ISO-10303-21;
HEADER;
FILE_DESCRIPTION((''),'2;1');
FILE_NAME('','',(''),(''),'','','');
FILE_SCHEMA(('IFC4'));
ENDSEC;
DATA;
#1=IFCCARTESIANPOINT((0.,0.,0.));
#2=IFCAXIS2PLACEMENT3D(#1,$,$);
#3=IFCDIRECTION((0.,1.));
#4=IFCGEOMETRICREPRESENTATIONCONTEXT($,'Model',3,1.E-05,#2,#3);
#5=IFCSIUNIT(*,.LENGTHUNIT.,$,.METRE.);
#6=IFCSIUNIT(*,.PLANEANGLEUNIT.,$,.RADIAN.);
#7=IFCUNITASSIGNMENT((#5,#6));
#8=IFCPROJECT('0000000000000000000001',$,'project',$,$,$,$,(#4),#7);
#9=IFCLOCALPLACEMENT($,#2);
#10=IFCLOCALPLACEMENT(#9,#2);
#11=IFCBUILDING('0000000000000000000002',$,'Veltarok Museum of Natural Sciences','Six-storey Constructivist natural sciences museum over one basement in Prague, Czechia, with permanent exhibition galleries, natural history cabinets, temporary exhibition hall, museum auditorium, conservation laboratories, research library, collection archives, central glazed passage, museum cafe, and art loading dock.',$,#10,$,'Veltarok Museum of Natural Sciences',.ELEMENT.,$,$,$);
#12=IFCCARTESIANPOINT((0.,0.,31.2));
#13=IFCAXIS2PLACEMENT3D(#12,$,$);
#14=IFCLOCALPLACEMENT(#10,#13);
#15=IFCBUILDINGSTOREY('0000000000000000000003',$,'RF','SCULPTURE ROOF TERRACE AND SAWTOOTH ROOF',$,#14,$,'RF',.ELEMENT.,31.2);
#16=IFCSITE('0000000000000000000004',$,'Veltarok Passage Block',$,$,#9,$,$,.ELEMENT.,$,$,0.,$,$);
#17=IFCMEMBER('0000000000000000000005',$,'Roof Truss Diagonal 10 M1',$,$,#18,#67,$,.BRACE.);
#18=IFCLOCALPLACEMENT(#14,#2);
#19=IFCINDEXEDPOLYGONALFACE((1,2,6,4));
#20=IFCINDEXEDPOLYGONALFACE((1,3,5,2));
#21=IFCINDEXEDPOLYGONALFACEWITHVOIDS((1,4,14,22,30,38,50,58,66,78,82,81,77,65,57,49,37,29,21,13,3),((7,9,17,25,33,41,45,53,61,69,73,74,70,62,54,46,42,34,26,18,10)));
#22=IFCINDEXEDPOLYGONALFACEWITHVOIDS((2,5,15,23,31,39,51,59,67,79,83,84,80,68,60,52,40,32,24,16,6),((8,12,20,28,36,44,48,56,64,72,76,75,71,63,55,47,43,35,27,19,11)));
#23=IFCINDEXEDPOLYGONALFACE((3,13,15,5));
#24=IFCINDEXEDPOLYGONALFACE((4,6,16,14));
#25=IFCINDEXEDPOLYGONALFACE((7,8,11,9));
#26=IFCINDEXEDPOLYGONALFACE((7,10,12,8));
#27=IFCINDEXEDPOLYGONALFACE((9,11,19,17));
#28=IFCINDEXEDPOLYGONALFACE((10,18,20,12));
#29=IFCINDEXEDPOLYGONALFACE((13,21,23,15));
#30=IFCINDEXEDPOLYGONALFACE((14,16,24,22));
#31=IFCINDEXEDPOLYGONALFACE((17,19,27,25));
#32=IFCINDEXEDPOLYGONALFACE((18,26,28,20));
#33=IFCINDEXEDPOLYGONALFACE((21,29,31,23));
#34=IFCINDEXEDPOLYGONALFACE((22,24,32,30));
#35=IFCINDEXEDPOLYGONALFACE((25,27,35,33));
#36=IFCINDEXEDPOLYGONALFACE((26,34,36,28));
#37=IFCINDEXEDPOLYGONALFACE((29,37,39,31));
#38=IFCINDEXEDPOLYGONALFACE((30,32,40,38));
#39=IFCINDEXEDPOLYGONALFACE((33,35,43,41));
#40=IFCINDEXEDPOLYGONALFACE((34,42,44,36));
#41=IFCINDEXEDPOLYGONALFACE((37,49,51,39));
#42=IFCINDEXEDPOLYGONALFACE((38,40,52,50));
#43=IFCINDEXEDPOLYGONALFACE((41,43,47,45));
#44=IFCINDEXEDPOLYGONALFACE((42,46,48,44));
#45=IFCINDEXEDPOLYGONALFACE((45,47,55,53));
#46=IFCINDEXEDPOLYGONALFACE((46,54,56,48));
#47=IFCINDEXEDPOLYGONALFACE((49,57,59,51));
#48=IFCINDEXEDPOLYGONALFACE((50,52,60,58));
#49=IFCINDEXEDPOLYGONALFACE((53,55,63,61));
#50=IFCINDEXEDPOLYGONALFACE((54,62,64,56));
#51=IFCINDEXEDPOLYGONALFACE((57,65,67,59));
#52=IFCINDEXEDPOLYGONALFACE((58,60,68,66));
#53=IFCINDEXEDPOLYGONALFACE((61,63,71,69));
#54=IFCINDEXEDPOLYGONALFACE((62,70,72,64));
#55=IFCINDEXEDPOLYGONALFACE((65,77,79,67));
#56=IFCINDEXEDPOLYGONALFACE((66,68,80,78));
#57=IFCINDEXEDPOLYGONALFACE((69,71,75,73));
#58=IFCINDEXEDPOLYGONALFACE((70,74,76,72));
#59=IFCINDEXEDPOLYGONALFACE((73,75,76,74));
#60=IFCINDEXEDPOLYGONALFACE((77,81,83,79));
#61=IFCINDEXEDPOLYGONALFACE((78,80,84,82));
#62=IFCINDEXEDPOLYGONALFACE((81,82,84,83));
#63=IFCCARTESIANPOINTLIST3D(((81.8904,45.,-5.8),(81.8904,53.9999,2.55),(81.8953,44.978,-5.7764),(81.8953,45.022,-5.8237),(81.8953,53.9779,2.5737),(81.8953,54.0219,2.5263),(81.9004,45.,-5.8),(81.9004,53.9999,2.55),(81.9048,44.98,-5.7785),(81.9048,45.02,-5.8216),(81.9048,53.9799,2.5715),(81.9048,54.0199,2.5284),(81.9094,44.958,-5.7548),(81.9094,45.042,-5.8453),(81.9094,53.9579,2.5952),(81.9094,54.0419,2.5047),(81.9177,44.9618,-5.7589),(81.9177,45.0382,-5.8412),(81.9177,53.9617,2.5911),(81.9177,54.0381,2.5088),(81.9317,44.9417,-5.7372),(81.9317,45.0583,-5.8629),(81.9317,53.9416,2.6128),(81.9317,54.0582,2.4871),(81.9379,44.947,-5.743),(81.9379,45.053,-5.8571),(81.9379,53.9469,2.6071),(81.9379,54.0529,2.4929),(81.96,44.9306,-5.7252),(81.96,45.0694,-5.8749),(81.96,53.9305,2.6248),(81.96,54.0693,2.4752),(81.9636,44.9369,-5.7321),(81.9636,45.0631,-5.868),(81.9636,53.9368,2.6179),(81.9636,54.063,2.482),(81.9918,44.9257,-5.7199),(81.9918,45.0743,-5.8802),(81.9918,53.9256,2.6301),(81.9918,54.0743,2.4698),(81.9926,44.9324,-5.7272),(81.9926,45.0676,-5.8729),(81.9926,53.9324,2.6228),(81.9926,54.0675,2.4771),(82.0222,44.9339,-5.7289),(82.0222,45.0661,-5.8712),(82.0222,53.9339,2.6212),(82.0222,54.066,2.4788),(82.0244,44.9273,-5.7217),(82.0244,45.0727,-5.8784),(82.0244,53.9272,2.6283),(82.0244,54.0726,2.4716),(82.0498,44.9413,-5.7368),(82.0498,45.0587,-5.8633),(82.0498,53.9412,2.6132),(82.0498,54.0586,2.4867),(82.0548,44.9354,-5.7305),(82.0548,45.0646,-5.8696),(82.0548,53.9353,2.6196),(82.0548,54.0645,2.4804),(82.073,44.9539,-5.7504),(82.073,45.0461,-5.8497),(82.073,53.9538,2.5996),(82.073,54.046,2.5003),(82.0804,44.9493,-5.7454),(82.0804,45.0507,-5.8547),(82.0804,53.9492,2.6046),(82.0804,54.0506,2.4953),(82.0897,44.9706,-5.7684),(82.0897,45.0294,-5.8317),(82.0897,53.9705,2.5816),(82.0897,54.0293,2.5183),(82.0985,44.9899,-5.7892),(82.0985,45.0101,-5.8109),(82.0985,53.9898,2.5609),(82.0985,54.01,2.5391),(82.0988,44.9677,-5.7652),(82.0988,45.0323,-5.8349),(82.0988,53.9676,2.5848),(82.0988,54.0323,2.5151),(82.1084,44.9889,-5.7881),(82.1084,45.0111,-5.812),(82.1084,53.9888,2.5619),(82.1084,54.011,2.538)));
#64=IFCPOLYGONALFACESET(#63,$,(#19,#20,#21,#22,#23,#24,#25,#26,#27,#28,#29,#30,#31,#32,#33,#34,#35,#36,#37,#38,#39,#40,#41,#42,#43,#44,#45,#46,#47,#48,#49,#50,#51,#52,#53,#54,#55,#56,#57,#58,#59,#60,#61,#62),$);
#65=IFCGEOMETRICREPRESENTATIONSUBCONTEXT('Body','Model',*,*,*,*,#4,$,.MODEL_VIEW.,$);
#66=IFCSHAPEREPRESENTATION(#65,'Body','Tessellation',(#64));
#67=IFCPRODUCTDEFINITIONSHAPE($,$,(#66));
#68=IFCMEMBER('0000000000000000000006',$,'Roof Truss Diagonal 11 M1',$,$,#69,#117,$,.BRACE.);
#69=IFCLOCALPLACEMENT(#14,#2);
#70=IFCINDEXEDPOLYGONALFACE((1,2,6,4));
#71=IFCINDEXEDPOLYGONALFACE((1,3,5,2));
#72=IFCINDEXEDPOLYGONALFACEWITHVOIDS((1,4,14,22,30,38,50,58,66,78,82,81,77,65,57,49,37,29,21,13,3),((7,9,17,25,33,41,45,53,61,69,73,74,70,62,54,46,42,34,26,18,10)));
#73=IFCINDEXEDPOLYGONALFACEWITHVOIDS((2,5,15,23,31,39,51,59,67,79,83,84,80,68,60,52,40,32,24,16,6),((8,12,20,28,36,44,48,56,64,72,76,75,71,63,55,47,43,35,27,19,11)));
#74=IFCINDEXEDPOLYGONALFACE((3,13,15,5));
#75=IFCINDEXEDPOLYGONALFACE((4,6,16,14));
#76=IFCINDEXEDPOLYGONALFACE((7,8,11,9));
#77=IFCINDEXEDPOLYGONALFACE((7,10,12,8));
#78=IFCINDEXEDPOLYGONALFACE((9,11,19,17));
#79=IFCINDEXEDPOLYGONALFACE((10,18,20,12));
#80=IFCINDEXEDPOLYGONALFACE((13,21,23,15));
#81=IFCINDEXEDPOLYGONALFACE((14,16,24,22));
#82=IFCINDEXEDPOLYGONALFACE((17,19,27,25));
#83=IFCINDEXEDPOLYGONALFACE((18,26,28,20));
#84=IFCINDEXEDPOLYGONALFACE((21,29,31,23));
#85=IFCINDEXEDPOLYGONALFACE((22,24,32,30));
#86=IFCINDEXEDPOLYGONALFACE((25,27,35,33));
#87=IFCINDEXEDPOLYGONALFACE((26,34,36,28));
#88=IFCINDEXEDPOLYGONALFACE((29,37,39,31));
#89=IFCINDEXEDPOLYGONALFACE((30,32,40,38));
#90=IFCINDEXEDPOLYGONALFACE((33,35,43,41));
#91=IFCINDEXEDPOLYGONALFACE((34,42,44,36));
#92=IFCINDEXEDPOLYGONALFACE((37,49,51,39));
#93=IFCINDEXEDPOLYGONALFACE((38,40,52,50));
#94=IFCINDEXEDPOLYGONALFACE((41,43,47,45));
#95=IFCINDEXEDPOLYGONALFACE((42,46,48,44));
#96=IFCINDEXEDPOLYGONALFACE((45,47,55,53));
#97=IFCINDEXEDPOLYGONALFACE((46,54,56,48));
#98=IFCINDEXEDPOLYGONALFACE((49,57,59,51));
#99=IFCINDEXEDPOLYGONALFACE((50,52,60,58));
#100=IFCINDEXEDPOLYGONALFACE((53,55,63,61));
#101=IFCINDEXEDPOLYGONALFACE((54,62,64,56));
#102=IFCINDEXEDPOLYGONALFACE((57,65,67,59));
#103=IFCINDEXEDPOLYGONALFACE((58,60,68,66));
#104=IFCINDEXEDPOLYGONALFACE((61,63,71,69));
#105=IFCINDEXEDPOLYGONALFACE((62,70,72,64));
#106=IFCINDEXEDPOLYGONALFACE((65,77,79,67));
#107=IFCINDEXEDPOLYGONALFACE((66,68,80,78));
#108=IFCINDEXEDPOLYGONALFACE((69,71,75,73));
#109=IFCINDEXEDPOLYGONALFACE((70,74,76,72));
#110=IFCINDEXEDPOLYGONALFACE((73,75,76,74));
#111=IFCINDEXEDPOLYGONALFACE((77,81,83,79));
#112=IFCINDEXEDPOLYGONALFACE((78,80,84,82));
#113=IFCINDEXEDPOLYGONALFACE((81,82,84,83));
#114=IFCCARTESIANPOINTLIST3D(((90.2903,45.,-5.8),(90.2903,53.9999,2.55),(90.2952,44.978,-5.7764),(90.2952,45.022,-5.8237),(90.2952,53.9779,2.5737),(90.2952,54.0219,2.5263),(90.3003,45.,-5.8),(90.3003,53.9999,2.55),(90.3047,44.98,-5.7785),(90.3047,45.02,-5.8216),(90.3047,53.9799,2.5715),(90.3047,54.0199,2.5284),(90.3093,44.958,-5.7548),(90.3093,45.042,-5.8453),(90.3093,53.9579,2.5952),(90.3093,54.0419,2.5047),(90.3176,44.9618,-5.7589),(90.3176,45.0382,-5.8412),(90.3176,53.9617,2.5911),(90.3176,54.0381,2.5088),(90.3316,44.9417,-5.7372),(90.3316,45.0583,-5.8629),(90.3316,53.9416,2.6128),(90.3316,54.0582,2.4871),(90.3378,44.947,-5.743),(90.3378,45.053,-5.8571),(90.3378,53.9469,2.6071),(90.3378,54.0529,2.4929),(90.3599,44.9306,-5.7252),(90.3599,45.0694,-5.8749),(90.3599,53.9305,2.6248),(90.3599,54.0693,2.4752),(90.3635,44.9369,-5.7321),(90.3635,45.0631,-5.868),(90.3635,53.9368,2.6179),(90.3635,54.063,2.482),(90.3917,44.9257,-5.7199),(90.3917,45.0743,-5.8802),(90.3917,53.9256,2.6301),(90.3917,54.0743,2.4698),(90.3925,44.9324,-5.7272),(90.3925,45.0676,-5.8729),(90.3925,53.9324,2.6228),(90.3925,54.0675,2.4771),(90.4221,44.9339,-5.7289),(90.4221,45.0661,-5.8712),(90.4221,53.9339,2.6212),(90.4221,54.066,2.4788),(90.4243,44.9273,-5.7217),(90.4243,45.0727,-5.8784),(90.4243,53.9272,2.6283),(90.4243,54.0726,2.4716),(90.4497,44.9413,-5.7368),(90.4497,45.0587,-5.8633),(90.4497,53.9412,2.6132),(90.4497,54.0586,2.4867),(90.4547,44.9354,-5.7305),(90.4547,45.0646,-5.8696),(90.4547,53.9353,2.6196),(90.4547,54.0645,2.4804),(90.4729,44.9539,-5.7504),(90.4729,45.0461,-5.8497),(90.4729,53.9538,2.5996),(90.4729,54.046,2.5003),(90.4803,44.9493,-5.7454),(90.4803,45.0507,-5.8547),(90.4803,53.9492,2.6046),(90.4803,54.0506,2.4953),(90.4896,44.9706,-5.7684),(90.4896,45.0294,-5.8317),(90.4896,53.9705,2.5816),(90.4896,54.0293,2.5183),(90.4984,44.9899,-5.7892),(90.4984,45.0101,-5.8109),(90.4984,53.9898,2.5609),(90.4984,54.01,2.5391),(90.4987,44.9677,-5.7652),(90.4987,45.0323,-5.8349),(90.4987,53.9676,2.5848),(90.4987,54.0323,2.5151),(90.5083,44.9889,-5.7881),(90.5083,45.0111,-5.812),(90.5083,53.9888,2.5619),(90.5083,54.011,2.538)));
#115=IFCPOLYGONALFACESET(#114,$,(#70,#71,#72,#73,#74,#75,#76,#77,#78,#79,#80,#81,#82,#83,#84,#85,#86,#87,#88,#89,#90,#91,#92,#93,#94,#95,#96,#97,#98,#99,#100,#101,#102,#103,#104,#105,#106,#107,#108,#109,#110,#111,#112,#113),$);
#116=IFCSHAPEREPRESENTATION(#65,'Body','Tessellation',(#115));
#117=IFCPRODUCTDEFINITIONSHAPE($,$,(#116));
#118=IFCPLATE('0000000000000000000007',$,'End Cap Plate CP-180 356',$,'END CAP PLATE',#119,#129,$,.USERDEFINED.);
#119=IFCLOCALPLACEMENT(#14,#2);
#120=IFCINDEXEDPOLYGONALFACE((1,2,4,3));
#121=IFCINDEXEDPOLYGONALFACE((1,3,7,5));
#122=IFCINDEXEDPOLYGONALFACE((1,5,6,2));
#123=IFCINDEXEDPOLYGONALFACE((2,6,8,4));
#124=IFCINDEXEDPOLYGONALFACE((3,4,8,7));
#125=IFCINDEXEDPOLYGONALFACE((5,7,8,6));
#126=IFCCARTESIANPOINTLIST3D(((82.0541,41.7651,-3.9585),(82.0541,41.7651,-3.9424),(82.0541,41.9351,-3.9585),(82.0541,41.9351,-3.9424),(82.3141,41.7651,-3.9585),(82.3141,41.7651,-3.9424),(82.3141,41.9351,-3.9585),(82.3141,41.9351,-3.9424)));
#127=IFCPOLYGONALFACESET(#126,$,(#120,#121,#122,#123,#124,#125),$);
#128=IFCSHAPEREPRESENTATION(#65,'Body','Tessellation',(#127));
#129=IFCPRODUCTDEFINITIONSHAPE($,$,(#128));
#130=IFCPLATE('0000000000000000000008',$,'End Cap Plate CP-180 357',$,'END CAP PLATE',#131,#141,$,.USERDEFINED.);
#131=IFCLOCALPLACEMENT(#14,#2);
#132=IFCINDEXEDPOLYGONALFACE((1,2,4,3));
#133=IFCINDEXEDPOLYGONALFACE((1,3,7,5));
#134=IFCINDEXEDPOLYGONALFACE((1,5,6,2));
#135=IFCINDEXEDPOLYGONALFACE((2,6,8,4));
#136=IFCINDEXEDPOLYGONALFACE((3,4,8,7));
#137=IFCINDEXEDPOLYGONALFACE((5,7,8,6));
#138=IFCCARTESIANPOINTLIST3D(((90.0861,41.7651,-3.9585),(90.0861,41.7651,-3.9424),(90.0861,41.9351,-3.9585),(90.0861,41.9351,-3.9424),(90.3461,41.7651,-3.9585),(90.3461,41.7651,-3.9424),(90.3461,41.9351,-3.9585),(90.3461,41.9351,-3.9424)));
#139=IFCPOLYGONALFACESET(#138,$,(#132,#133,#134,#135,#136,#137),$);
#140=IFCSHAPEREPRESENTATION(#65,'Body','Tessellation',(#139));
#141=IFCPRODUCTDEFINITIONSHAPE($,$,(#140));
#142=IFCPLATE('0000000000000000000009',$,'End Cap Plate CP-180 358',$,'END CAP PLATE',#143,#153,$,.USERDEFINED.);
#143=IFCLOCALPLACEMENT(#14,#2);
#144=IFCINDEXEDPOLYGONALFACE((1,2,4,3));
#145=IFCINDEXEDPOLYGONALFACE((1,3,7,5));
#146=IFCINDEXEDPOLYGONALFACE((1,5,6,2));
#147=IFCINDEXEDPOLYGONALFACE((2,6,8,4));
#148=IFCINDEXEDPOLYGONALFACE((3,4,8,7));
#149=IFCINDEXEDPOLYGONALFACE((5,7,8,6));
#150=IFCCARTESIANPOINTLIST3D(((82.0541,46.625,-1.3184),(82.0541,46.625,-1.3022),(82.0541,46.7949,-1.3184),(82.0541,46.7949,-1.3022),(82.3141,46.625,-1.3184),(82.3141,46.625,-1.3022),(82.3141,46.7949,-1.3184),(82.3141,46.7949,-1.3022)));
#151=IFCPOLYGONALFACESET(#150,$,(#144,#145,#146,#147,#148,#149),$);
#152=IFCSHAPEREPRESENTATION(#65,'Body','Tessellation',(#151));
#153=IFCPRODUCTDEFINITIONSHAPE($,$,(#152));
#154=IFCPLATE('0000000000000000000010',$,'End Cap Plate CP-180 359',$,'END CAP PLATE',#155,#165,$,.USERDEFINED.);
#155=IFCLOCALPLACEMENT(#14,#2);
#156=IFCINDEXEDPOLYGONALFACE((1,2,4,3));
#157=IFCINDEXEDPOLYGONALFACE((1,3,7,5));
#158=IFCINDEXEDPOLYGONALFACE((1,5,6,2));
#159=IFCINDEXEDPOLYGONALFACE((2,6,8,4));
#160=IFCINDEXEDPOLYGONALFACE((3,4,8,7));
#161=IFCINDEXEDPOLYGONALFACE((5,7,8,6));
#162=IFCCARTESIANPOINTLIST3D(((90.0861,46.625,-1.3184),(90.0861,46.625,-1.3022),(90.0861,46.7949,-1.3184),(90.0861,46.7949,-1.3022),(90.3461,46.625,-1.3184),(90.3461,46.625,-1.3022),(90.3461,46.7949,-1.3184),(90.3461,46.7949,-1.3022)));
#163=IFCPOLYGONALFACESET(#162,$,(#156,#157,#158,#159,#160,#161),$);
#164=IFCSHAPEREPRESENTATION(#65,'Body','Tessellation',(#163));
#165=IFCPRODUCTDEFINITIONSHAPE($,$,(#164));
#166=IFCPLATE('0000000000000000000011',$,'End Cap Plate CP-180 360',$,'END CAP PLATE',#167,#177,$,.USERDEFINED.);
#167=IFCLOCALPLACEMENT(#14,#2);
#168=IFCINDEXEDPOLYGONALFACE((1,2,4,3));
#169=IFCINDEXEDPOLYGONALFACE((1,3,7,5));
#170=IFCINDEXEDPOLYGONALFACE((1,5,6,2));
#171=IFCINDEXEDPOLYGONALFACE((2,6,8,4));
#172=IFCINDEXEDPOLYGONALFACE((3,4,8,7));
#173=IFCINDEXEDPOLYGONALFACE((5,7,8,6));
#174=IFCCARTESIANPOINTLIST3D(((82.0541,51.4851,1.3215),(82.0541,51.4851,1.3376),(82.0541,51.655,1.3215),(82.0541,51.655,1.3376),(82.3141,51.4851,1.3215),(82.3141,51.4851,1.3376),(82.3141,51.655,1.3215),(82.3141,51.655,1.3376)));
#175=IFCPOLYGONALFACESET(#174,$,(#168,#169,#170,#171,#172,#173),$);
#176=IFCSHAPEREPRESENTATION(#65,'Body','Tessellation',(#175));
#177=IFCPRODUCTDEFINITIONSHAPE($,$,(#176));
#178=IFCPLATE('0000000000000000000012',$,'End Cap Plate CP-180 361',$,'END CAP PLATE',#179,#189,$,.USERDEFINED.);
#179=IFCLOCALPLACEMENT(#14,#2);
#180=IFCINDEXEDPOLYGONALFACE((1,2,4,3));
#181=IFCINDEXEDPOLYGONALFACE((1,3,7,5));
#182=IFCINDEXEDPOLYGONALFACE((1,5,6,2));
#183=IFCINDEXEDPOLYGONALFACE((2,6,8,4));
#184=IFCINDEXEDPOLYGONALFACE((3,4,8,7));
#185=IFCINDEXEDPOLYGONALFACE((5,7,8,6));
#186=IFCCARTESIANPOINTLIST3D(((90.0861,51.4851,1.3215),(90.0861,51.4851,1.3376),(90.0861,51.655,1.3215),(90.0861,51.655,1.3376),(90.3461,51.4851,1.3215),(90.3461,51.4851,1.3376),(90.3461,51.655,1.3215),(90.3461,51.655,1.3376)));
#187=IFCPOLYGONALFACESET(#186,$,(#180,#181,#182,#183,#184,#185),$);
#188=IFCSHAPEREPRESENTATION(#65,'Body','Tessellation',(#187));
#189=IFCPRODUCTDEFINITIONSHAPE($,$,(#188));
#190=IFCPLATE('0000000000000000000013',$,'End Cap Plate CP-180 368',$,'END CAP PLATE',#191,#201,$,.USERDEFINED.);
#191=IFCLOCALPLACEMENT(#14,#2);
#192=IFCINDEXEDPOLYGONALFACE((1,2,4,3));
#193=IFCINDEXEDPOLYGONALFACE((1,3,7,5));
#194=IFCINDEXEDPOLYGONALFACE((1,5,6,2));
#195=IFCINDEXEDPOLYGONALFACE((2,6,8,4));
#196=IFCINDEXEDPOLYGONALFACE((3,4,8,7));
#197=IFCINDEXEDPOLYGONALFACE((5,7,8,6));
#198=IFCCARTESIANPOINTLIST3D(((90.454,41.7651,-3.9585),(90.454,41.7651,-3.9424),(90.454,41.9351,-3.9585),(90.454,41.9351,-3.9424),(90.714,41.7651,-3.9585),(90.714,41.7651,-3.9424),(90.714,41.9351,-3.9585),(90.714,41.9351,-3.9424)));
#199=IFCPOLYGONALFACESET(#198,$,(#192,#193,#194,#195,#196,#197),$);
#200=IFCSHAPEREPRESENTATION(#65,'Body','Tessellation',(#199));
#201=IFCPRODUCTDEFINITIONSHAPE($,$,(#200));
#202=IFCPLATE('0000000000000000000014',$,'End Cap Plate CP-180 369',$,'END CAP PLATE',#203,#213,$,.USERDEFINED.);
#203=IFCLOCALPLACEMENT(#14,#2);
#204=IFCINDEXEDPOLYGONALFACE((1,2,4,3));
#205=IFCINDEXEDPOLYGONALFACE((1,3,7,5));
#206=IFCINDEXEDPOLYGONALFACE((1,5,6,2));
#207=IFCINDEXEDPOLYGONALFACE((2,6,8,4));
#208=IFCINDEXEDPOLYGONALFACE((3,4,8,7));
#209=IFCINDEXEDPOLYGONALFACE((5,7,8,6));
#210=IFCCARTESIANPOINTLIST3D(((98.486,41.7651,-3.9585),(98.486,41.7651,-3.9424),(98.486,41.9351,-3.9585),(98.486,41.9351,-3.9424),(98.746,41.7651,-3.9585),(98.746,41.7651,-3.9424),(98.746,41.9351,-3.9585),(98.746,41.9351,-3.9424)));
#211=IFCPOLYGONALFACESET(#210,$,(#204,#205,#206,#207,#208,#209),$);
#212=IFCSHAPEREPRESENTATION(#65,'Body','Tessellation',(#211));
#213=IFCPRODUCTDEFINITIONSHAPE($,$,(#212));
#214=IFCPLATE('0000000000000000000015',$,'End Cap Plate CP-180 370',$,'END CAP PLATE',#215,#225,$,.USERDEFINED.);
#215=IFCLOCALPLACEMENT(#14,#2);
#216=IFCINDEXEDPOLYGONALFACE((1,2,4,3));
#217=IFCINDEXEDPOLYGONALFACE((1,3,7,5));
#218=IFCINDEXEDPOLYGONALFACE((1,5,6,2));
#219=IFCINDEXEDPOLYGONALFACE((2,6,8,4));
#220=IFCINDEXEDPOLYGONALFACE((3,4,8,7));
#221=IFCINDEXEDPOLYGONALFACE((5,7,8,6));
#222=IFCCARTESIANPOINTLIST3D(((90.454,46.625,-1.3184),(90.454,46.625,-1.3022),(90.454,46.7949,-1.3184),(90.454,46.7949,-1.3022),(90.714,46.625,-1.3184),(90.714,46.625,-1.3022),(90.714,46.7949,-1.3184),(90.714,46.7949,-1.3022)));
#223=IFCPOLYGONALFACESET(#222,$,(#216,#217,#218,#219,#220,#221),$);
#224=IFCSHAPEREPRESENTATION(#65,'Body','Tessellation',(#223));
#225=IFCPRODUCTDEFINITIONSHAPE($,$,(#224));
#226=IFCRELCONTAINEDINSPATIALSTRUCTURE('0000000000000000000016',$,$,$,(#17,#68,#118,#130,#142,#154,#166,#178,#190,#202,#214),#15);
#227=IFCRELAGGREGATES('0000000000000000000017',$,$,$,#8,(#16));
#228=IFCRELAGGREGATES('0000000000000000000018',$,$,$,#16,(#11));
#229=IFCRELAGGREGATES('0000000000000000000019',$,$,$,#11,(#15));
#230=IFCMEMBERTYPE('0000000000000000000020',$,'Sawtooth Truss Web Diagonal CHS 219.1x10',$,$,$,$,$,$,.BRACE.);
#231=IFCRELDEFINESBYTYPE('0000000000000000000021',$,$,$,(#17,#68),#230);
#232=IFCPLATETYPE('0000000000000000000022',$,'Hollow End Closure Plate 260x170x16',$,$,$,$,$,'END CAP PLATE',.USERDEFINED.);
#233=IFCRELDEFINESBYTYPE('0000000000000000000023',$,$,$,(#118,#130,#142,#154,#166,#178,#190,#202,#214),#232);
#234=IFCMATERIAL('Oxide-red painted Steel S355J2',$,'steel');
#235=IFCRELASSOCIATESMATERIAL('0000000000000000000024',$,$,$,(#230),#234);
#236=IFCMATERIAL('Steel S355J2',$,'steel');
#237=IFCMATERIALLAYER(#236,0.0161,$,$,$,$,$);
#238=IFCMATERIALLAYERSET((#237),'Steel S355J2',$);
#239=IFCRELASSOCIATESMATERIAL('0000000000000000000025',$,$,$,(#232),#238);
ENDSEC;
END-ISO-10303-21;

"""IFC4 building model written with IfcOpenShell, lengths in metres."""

from ifc_helpers import new_model, si_unit, direction, frame, origin, origin_2d, place, context, subcontext, project, spatial, rectangle, hollow_circle, extrude, material, layer, layer_set, material_profile, profile_set, type_object, element, save


model = new_model("IFC4")

# Units and contexts
model_context = context("Model", 3, precision=1e-05, world=origin(), true_north=direction((0.0, 1.0)))
body_context = subcontext(model_context, "Body", "Model", "MODEL_VIEW")
ifc_project = project(units=[si_unit("LENGTHUNIT", "METRE"), si_unit("PLANEANGLEUNIT", "RADIAN")], contexts=[model_context])

# Site, building, storey
site_placement = place(None, origin())
site = spatial("IfcSite", under=ifc_project, at=site_placement, Name="Veltarok Passage Block", CompositionType="ELEMENT", RefElevation=0.0)
building_placement = place(site_placement, origin())
building = spatial("IfcBuilding", under=site, at=building_placement, Name="Veltarok Museum of Natural Sciences", Description="Six-storey Constructivist natural sciences museum over one basement in Prague, Czechia, with permanent exhibition galleries, natural history cabinets, temporary exhibition hall, museum auditorium, conservation laboratories, research library, collection archives, central glazed passage, museum cafe, and art loading dock.", LongName="Veltarok Museum of Natural Sciences", CompositionType="ELEMENT")
storey_placement = place(building_placement, frame((0.0, 0.0, 31.2)))
storey = spatial("IfcBuildingStorey", under=building, at=storey_placement, Name="RF", Description="SCULPTURE ROOF TERRACE AND SAWTOOTH ROOF", LongName="RF", CompositionType="ELEMENT", Elevation=31.2)

# Members
ifc_material_1 = material(Name="Steel S355J2", Category="steel")
ifc_material_2 = material(Name="Oxide-red painted Steel S355J2", Category="steel")
ifc_material_profile_1 = material_profile(ifc_material_2, hollow_circle(Radius=0.1096, WallThickness=0.01, at=origin_2d()), Name="CHS 219.1x10")
ifc_profile_set_1 = profile_set([ifc_material_profile_1], Name="Oxide-red painted Steel S355J2")
member_type_1 = type_object("IfcMemberType", Name="Sawtooth Truss Web Diagonal CHS 219.1x10", PredefinedType="BRACE", material=ifc_profile_set_1)
for number, where, z_axis, x_axis, name in (
    (1, (82.0, 45.0, -5.8), (0.0, 0.73308, 0.680143), (-1.0, 0.0, 0.0), "Roof Truss Diagonal 10 M1"),
    (2, (90.3999, 45.0, -5.8), (0.0, 0.73308, 0.680143), (-1.0, 0.0, 0.0), "Roof Truss Diagonal 11 M1"),
):
    element("IfcMember", number, at=place(storey_placement, frame(where, z_axis=z_axis, x_axis=x_axis)), inside=storey, type_object=member_type_1, Name=name, PredefinedType="BRACE", context=body_context, shape_type="SweptSolid", body=[
        extrude(hollow_circle(Radius=0.1096, WallThickness=0.01, at=origin_2d()), origin(), (0.0, 0.0, 1.0), 12.2769),
    ])

# Plates
ifc_layer_1 = layer(ifc_material_1, 0.0161)
ifc_layer_set_1 = layer_set([ifc_layer_1], Name="Steel S355J2")
plate_type_1 = type_object("IfcPlateType", Name="Hollow End Closure Plate 260x170x16", ElementType="END CAP PLATE", PredefinedType="USERDEFINED", material=ifc_layer_set_1)
for number, where, z_axis, x_axis, name in (
    (3, (82.1841, 41.8501, -3.9585), (0.0, 0.0, 1.0), (1.0, 0.0, 0.0), "End Cap Plate CP-180 356"),
    (4, (90.2161, 41.8501, -3.9585), (0.0, 0.0, 1.0), (1.0, 0.0, 0.0), "End Cap Plate CP-180 357"),
    (5, (82.1841, 46.71, -1.3184), (0.0, 0.0, 1.0), (1.0, 0.0, 0.0), "End Cap Plate CP-180 358"),
    (6, (90.2161, 46.71, -1.3184), (0.0, 0.0, 1.0), (1.0, 0.0, 0.0), "End Cap Plate CP-180 359"),
    (7, (82.1841, 51.5701, 1.3215), (0.0, 0.0, 1.0), (1.0, 0.0, 0.0), "End Cap Plate CP-180 360"),
    (8, (90.2161, 51.5701, 1.3215), (0.0, 0.0, 1.0), (1.0, 0.0, 0.0), "End Cap Plate CP-180 361"),
    (9, (90.584, 41.8501, -3.9585), (0.0, 0.0, 1.0), (1.0, 0.0, 0.0), "End Cap Plate CP-180 368"),
    (10, (98.616, 41.8501, -3.9585), (0.0, 0.0, 1.0), (1.0, 0.0, 0.0), "End Cap Plate CP-180 369"),
    (11, (90.584, 46.71, -1.3184), (0.0, 0.0, 1.0), (1.0, 0.0, 0.0), "End Cap Plate CP-180 370"),
):
    element("IfcPlate", number, at=place(storey_placement, frame(where, z_axis=z_axis, x_axis=x_axis)), inside=storey, type_object=plate_type_1, Name=name, ObjectType="END CAP PLATE", PredefinedType="USERDEFINED", context=body_context, shape_type="SweptSolid", body=[
        extrude(rectangle(XDim=0.26, YDim=0.1699, at=origin_2d()), origin(), (0.0, 0.0, 1.0), 0.0161),
    ])

save(model, "model.ifc")
